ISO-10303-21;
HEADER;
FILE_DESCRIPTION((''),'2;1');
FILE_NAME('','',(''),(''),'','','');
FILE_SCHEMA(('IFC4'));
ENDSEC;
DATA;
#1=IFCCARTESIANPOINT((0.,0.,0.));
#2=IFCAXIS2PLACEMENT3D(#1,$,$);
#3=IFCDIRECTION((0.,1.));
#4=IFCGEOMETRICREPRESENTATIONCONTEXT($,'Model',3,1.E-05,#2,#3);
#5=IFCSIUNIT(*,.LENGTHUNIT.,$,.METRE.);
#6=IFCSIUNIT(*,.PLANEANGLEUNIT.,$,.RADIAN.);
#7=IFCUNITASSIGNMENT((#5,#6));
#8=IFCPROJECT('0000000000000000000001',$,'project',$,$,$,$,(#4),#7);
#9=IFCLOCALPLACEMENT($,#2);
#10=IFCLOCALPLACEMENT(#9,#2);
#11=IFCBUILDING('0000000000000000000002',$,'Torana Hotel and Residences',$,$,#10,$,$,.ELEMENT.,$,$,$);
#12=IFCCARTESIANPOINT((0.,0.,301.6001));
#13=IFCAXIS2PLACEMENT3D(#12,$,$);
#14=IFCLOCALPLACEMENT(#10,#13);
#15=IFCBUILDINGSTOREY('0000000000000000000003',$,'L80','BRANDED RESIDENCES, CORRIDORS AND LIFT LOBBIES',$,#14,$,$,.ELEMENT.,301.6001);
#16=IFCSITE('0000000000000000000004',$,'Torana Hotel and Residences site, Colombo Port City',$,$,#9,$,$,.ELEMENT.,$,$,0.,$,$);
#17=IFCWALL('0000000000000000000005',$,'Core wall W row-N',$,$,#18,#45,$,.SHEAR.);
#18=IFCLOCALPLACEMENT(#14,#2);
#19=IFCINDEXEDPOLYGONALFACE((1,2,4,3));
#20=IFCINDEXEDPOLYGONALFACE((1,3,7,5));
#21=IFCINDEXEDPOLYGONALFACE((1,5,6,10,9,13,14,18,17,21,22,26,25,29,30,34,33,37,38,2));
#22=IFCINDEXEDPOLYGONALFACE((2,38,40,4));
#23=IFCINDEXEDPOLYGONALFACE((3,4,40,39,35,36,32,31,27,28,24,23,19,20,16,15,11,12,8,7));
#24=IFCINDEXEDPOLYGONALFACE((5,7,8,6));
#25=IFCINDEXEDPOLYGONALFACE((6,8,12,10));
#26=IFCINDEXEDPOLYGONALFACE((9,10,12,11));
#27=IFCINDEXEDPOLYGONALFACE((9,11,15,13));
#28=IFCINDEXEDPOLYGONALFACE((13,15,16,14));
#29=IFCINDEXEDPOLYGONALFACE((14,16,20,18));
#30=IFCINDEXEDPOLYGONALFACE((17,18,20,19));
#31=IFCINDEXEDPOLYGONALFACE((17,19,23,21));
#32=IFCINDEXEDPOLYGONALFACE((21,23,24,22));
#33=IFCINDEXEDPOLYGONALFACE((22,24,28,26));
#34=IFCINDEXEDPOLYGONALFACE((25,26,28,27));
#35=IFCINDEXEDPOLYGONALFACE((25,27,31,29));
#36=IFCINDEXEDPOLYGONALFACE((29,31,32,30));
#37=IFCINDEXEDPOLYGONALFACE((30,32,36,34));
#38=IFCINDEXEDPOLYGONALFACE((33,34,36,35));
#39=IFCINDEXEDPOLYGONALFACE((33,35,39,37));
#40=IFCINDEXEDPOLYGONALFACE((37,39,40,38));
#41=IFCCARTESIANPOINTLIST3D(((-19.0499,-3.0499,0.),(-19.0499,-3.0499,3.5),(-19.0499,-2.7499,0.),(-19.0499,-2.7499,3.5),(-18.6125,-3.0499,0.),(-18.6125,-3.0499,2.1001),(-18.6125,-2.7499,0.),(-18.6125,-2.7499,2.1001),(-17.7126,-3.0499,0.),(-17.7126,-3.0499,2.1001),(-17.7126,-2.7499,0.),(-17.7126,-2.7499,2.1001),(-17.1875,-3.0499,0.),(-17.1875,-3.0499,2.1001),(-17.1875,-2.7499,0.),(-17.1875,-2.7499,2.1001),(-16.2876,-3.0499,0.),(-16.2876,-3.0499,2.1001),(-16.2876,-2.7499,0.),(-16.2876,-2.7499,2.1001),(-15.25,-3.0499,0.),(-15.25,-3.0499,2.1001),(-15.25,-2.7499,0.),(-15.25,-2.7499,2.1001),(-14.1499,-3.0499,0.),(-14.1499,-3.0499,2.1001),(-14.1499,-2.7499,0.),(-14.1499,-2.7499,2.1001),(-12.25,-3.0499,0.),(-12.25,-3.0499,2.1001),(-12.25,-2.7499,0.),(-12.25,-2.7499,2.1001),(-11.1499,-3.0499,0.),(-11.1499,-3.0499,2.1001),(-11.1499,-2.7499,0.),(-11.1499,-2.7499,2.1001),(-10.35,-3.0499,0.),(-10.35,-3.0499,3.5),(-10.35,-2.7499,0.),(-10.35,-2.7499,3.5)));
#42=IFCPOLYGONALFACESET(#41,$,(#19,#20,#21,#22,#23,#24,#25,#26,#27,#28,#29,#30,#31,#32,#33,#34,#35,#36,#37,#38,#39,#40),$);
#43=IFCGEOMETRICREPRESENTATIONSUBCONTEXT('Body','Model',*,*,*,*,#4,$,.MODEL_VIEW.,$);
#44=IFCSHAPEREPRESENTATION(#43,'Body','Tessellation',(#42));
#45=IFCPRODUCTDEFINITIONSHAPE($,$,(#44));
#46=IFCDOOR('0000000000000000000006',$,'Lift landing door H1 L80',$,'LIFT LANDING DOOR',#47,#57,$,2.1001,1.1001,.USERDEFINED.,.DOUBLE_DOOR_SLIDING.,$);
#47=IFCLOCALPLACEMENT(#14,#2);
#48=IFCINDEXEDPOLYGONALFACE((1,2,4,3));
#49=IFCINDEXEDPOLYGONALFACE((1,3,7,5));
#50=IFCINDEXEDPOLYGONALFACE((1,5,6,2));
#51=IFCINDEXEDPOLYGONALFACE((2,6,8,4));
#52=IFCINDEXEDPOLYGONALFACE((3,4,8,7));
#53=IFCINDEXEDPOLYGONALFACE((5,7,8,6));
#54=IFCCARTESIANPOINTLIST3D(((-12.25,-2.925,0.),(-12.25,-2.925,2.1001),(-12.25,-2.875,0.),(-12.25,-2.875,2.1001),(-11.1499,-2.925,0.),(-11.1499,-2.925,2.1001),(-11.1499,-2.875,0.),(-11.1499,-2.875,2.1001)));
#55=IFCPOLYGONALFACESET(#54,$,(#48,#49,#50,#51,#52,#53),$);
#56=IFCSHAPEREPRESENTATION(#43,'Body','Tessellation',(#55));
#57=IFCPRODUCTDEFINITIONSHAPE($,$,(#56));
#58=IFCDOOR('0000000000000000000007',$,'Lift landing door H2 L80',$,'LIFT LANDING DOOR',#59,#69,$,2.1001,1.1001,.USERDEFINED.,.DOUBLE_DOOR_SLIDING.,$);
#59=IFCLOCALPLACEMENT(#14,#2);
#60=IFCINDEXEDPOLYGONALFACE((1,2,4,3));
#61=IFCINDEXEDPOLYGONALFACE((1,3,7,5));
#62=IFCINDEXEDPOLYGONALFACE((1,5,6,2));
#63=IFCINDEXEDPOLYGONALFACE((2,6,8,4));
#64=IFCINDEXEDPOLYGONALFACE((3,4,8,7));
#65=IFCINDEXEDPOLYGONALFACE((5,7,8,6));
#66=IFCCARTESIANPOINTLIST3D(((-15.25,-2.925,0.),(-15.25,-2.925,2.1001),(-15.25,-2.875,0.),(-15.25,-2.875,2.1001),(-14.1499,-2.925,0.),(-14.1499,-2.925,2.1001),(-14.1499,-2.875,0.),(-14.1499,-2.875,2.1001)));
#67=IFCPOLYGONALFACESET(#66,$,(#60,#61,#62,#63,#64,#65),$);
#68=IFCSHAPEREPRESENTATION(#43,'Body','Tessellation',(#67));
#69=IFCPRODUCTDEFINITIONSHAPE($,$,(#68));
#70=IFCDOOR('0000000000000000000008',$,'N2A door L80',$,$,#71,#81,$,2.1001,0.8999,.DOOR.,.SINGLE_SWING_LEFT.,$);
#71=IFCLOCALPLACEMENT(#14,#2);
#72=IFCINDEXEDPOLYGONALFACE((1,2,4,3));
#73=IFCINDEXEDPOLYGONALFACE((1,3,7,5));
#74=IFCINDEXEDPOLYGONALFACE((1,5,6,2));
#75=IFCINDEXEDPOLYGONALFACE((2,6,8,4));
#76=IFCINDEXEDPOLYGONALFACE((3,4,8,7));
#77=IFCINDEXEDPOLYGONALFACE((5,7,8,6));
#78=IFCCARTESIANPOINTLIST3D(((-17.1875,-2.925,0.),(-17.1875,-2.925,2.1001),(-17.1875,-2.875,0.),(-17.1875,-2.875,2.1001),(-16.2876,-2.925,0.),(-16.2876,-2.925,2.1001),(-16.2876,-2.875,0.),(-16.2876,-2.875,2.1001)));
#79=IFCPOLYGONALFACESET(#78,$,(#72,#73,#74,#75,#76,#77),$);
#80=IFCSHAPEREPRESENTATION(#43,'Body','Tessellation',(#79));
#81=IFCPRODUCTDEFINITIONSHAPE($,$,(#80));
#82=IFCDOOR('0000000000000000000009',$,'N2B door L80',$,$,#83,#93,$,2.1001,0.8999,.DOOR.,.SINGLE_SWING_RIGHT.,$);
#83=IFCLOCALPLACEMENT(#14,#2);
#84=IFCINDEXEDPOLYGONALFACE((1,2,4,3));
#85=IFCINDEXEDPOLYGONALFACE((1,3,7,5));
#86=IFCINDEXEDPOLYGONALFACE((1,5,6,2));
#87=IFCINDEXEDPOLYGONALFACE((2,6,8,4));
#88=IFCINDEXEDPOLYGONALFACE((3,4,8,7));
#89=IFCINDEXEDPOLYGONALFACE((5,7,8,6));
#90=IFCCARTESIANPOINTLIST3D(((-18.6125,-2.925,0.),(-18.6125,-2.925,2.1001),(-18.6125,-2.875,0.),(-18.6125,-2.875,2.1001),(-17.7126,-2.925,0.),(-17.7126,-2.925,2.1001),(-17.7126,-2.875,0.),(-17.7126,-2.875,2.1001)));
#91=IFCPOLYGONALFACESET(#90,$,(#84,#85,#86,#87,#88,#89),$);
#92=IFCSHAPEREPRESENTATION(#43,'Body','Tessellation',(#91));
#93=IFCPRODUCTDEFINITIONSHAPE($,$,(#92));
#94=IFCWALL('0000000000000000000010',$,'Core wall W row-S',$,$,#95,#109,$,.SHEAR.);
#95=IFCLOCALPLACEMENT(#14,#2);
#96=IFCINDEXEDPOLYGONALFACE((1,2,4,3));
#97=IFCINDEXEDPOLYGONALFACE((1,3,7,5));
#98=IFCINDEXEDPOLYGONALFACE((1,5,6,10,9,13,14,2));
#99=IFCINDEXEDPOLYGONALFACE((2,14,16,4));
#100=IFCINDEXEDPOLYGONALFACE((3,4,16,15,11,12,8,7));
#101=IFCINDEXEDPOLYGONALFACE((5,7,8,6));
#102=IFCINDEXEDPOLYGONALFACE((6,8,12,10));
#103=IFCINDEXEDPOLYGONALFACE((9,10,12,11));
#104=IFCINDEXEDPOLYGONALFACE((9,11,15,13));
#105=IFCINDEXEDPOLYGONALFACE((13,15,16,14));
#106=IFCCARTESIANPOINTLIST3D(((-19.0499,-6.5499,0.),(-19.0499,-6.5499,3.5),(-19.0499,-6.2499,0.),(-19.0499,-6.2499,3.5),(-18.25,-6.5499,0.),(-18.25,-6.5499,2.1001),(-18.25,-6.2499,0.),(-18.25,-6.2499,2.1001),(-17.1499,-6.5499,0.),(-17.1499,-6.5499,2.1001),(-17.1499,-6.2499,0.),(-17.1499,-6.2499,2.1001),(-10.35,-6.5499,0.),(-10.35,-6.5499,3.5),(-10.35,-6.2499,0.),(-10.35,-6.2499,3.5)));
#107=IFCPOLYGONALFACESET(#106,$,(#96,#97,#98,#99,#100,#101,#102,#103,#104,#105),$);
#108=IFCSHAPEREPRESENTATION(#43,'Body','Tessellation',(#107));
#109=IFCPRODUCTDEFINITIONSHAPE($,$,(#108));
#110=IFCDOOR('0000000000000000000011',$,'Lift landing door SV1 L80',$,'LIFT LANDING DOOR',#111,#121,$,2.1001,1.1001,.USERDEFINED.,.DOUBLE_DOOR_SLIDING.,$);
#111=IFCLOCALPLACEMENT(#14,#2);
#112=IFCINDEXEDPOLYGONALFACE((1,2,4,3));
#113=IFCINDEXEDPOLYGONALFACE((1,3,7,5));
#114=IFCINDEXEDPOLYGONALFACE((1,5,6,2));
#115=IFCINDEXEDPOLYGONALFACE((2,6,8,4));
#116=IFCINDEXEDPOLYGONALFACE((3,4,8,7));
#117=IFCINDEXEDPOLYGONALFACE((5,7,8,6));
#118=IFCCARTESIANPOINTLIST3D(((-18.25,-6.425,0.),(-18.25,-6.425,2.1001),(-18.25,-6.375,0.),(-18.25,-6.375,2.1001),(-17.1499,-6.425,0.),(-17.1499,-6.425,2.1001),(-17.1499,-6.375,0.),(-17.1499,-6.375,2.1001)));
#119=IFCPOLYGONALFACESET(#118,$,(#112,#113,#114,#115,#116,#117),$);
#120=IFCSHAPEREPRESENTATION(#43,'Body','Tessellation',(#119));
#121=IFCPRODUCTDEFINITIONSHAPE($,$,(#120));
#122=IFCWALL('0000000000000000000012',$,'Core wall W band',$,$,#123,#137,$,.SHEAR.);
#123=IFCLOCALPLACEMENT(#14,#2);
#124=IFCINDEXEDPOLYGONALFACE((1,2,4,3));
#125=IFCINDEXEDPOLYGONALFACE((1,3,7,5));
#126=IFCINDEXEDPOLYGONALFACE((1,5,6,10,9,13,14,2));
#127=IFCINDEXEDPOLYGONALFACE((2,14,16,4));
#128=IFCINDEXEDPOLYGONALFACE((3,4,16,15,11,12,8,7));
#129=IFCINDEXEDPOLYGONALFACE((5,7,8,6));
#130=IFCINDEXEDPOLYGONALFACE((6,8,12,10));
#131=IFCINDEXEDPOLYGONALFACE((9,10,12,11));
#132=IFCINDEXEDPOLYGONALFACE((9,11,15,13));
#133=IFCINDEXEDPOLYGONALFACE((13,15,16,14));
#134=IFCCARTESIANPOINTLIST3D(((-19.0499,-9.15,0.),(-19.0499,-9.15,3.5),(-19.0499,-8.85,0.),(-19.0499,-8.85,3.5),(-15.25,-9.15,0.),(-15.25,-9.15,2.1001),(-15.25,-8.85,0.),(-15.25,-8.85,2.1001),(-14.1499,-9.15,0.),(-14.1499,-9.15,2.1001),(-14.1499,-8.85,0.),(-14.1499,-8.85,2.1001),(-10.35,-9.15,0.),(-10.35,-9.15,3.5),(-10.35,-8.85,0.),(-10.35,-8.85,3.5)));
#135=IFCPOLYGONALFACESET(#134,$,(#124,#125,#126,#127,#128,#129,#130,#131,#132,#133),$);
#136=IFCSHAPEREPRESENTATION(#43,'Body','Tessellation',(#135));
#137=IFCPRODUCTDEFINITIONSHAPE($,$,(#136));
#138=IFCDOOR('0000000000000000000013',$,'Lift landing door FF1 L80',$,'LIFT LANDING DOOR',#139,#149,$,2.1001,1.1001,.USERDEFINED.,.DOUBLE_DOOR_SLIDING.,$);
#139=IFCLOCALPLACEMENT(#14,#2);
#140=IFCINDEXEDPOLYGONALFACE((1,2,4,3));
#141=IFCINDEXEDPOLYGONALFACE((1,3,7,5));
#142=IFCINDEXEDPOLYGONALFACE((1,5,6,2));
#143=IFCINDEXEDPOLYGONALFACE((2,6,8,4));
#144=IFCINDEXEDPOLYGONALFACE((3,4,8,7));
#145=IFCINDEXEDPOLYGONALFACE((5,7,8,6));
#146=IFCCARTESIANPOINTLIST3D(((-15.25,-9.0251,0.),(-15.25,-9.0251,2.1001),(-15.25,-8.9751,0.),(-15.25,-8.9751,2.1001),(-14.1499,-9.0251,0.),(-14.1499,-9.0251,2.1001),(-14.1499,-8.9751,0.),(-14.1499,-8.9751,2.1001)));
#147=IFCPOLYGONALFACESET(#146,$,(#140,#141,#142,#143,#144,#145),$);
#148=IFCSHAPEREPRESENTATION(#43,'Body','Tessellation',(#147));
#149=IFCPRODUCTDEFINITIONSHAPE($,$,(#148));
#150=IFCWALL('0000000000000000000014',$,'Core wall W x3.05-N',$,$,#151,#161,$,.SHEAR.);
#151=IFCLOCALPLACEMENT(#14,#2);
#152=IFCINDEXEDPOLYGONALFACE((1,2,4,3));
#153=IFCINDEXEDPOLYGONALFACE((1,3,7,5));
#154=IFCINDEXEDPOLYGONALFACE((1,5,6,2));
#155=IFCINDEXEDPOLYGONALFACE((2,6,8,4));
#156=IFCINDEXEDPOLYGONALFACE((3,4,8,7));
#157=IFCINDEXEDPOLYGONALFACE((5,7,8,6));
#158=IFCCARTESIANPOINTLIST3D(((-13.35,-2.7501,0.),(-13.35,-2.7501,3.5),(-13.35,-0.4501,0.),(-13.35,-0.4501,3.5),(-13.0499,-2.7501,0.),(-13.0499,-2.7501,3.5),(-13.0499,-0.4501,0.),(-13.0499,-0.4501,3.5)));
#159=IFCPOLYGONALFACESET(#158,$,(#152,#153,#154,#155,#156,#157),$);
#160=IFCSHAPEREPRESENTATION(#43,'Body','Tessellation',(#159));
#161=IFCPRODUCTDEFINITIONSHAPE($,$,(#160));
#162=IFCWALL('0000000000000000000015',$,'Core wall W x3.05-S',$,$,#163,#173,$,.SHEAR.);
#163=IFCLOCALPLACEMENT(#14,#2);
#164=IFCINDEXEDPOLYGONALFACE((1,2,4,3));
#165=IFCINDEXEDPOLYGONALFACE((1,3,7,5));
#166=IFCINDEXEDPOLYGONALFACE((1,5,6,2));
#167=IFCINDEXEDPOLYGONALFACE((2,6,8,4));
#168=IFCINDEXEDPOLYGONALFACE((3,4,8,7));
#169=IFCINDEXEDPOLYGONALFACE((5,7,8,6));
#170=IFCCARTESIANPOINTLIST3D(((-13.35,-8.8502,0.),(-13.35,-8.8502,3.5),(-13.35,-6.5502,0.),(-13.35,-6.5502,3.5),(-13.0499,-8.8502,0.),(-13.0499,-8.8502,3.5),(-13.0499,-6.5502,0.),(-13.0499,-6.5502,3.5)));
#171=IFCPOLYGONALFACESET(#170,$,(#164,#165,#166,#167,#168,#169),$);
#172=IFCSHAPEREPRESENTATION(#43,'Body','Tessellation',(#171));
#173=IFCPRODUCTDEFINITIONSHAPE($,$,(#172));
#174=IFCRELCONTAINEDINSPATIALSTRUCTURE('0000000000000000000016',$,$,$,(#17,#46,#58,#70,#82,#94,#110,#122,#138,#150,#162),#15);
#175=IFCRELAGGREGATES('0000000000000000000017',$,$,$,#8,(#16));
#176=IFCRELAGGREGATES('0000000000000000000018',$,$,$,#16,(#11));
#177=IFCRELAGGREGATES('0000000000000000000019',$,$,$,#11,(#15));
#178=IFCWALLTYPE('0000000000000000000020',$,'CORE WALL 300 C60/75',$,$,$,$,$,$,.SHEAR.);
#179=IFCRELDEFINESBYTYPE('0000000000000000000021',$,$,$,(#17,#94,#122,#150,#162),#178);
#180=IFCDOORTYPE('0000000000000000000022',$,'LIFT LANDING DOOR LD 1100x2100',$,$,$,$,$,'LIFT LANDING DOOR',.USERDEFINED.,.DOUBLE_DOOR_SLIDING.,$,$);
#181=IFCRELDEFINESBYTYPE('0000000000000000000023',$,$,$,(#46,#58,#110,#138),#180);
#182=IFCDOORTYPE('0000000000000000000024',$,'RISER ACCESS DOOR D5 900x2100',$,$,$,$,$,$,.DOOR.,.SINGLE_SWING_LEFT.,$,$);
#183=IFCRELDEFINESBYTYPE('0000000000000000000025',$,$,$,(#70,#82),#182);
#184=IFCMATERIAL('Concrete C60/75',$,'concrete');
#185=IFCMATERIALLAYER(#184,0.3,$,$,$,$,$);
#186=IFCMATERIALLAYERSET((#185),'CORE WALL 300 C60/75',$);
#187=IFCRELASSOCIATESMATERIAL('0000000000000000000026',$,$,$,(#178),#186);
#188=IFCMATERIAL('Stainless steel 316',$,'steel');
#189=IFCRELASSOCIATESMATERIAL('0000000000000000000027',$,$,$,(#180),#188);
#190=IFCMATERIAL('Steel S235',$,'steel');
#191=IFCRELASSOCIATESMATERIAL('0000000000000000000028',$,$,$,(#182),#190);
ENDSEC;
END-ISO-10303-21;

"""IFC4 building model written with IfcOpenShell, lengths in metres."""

from ifc_helpers import new_model, si_unit, direction, frame, frame_2d, origin, place, context, subcontext, project, spatial, rectangle, extrude, material, layer, layer_set, type_object, element, fill, save


model = new_model("IFC4")

# Units and contexts
model_context = context("Model", 3, precision=1e-05, world=origin(), true_north=direction((0.0, 1.0)))
body_context = subcontext(model_context, "Body", "Model", "MODEL_VIEW")
ifc_project = project(units=[si_unit("LENGTHUNIT", "METRE"), si_unit("PLANEANGLEUNIT", "RADIAN")], contexts=[model_context])

# Site, building, storey
site_placement = place(None, origin())
site = spatial("IfcSite", under=ifc_project, at=site_placement, Name="Torana Hotel and Residences site, Colombo Port City", CompositionType="ELEMENT", RefElevation=0.0)
building_placement = place(site_placement, origin())
building = spatial("IfcBuilding", under=site, at=building_placement, Name="Torana Hotel and Residences", CompositionType="ELEMENT")
storey_placement = place(building_placement, frame((0.0, 0.0, 301.6001)))
storey = spatial("IfcBuildingStorey", under=building, at=storey_placement, Name="L80", Description="BRANDED RESIDENCES, CORRIDORS AND LIFT LOBBIES", CompositionType="ELEMENT", Elevation=301.6001)

# Wall, openings, doors
ifc_material_1 = material(Name="Concrete C60/75", Category="concrete")
ifc_layer_1 = layer(ifc_material_1, 0.3)
ifc_layer_set_1 = layer_set([ifc_layer_1], Name="CORE WALL 300 C60/75")
wall_type_1 = type_object("IfcWallType", Name="CORE WALL 300 C60/75", PredefinedType="SHEAR", material=ifc_layer_set_1)
wall_1_placement = place(storey_placement, frame((-19.05, -2.8999, 0.0), z_axis=(0.0, 0.0, 1.0), x_axis=(1.0, 0.0, 0.0)))
wall_1 = element("IfcWall", 1, at=wall_1_placement, inside=storey, type_object=wall_type_1, Name="Core wall W row-N", PredefinedType="SHEAR", context=body_context, shape_type="SweptSolid", body=[
    extrude(rectangle(XDim=8.7, YDim=0.3, at=frame_2d((4.3501, 0.0))), origin(), (0.0, 0.0, 1.0), 3.5),
])
opening_1_placement = place(wall_1_placement, frame((6.8, 0.0, 0.0)))
opening_1 = element("IfcOpeningElement", 2, at=opening_1_placement, cuts=wall_1, PredefinedType="OPENING", context=body_context, shape_type="SweptSolid", body=[
    extrude(rectangle(XDim=1.1001, YDim=2.1001, at=frame_2d((0.55, 1.05))), frame((0.0, 0.1599, 0.0), z_axis=(0.0, -1.0, 0.0), x_axis=(1.0, 0.0, 0.0)), (0.0, 0.0, 1.0), 0.3201),
])
opening_2_placement = place(wall_1_placement, frame((3.8, 0.0, 0.0)))
opening_2 = element("IfcOpeningElement", 3, at=opening_2_placement, cuts=wall_1, PredefinedType="OPENING", context=body_context, shape_type="SweptSolid", body=[
    extrude(rectangle(XDim=1.1001, YDim=2.1001, at=frame_2d((0.55, 1.05))), frame((0.0, 0.1599, 0.0), z_axis=(0.0, -1.0, 0.0), x_axis=(1.0, 0.0, 0.0)), (0.0, 0.0, 1.0), 0.3201),
])
opening_3_placement = place(wall_1_placement, frame((1.8625, 0.0, 0.0)))
opening_3 = element("IfcOpeningElement", 4, at=opening_3_placement, cuts=wall_1, PredefinedType="OPENING", context=body_context, shape_type="SweptSolid", body=[
    extrude(rectangle(XDim=0.8999, YDim=2.1001, at=frame_2d((0.45, 1.05))), frame((0.0, 0.1599, 0.0), z_axis=(0.0, -1.0, 0.0), x_axis=(1.0, 0.0, 0.0)), (0.0, 0.0, 1.0), 0.3201),
])
opening_4_placement = place(wall_1_placement, frame((0.4375, 0.0, 0.0)))
opening_4 = element("IfcOpeningElement", 5, at=opening_4_placement, cuts=wall_1, PredefinedType="OPENING", context=body_context, shape_type="SweptSolid", body=[
    extrude(rectangle(XDim=0.8999, YDim=2.1001, at=frame_2d((0.45, 1.05))), frame((0.0, 0.1599, 0.0), z_axis=(0.0, -1.0, 0.0), x_axis=(1.0, 0.0, 0.0)), (0.0, 0.0, 1.0), 0.3201),
])
ifc_material_2 = material(Name="Stainless steel 316", Category="steel")
door_type_1 = type_object("IfcDoorType", Name="LIFT LANDING DOOR LD 1100x2100", ElementType="LIFT LANDING DOOR", OperationType="DOUBLE_DOOR_SLIDING", PredefinedType="USERDEFINED", material=ifc_material_2)
door_1_placement = place(opening_1_placement, origin())
door_1 = element("IfcDoor", 6, at=door_1_placement, inside=storey, type_object=door_type_1, Name="Lift landing door H1 L80", ObjectType="LIFT LANDING DOOR", OperationType="DOUBLE_DOOR_SLIDING", OverallHeight=2.1001, OverallWidth=1.1001, PredefinedType="USERDEFINED", context=body_context, shape_type="SweptSolid", body=[
    extrude(rectangle(XDim=1.1001, YDim=2.1001, at=frame_2d((0.55, 1.05))), frame((0.0, 0.0249, 0.0), z_axis=(0.0, -1.0, 0.0), x_axis=(1.0, 0.0, 0.0)), (0.0, 0.0, 1.0), 0.05),
])
fill(opening_1, door_1)
door_2_placement = place(opening_2_placement, origin())
door_2 = element("IfcDoor", 7, at=door_2_placement, inside=storey, type_object=door_type_1, Name="Lift landing door H2 L80", ObjectType="LIFT LANDING DOOR", OperationType="DOUBLE_DOOR_SLIDING", OverallHeight=2.1001, OverallWidth=1.1001, PredefinedType="USERDEFINED", context=body_context, shape_type="SweptSolid", body=[
    extrude(rectangle(XDim=1.1001, YDim=2.1001, at=frame_2d((0.55, 1.05))), frame((0.0, 0.0249, 0.0), z_axis=(0.0, -1.0, 0.0), x_axis=(1.0, 0.0, 0.0)), (0.0, 0.0, 1.0), 0.05),
])
fill(opening_2, door_2)
ifc_material_3 = material(Name="Steel S235", Category="steel")
door_type_2 = type_object("IfcDoorType", Name="RISER ACCESS DOOR D5 900x2100", OperationType="SINGLE_SWING_LEFT", PredefinedType="DOOR", material=ifc_material_3)
door_3_placement = place(opening_3_placement, origin())
door_3 = element("IfcDoor", 8, at=door_3_placement, inside=storey, type_object=door_type_2, Name="N2A door L80", OperationType="SINGLE_SWING_LEFT", OverallHeight=2.1001, OverallWidth=0.8999, PredefinedType="DOOR", context=body_context, shape_type="SweptSolid", body=[
    extrude(rectangle(XDim=0.8999, YDim=2.1001, at=frame_2d((0.45, 1.05))), frame((0.0, 0.0249, 0.0), z_axis=(0.0, -1.0, 0.0), x_axis=(1.0, 0.0, 0.0)), (0.0, 0.0, 1.0), 0.05),
])
fill(opening_3, door_3)
door_4_placement = place(opening_4_placement, origin())
door_4 = element("IfcDoor", 9, at=door_4_placement, inside=storey, type_object=door_type_2, Name="N2B door L80", OperationType="SINGLE_SWING_RIGHT", OverallHeight=2.1001, OverallWidth=0.8999, PredefinedType="DOOR", context=body_context, shape_type="SweptSolid", body=[
    extrude(rectangle(XDim=0.8999, YDim=2.1001, at=frame_2d((0.45, 1.05))), frame((0.0, 0.0249, 0.0), z_axis=(0.0, -1.0, 0.0), x_axis=(1.0, 0.0, 0.0)), (0.0, 0.0, 1.0), 0.05),
])
fill(opening_4, door_4)

# Walls, openings, doors
wall_2_placement = place(storey_placement, frame((-19.05, -6.3999, 0.0), z_axis=(0.0, 0.0, 1.0), x_axis=(1.0, 0.0, 0.0)))
wall_2 = element("IfcWall", 10, at=wall_2_placement, inside=storey, type_object=wall_type_1, Name="Core wall W row-S", PredefinedType="SHEAR", context=body_context, shape_type="SweptSolid", body=[
    extrude(rectangle(XDim=8.7, YDim=0.3, at=frame_2d((4.3501, 0.0))), origin(), (0.0, 0.0, 1.0), 3.5),
])
opening_5_placement = place(wall_2_placement, frame((0.8, 0.0, 0.0)))
opening_5 = element("IfcOpeningElement", 11, at=opening_5_placement, cuts=wall_2, PredefinedType="OPENING", context=body_context, shape_type="SweptSolid", body=[
    extrude(rectangle(XDim=1.1001, YDim=2.1001, at=frame_2d((0.55, 1.05))), frame((0.0, 0.1599, 0.0), z_axis=(0.0, -1.0, 0.0), x_axis=(1.0, 0.0, 0.0)), (0.0, 0.0, 1.0), 0.3201),
])
door_5_placement = place(opening_5_placement, origin())
door_5 = element("IfcDoor", 12, at=door_5_placement, inside=storey, type_object=door_type_1, Name="Lift landing door SV1 L80", ObjectType="LIFT LANDING DOOR", OperationType="DOUBLE_DOOR_SLIDING", OverallHeight=2.1001, OverallWidth=1.1001, PredefinedType="USERDEFINED", context=body_context, shape_type="SweptSolid", body=[
    extrude(rectangle(XDim=1.1001, YDim=2.1001, at=frame_2d((0.55, 1.05))), frame((0.0, 0.0249, 0.0), z_axis=(0.0, -1.0, 0.0), x_axis=(1.0, 0.0, 0.0)), (0.0, 0.0, 1.0), 0.05),
])
fill(opening_5, door_5)
wall_3_placement = place(storey_placement, frame((-19.05, -9.0, 0.0), z_axis=(0.0, 0.0, 1.0), x_axis=(1.0, 0.0, 0.0)))
wall_3 = element("IfcWall", 13, at=wall_3_placement, inside=storey, type_object=wall_type_1, Name="Core wall W band", PredefinedType="SHEAR", context=body_context, shape_type="SweptSolid", body=[
    extrude(rectangle(XDim=8.7, YDim=0.3, at=frame_2d((4.3501, 0.0))), origin(), (0.0, 0.0, 1.0), 3.5),
])
opening_6_placement = place(wall_3_placement, frame((3.8, 0.0, 0.0)))
opening_6 = element("IfcOpeningElement", 14, at=opening_6_placement, cuts=wall_3, PredefinedType="OPENING", context=body_context, shape_type="SweptSolid", body=[
    extrude(rectangle(XDim=1.1001, YDim=2.1001, at=frame_2d((0.55, 1.05))), frame((0.0, 0.1599, 0.0), z_axis=(0.0, -1.0, 0.0), x_axis=(1.0, 0.0, 0.0)), (0.0, 0.0, 1.0), 0.3201),
])
door_6_placement = place(opening_6_placement, origin())
door_6 = element("IfcDoor", 15, at=door_6_placement, inside=storey, type_object=door_type_1, Name="Lift landing door FF1 L80", ObjectType="LIFT LANDING DOOR", OperationType="DOUBLE_DOOR_SLIDING", OverallHeight=2.1001, OverallWidth=1.1001, PredefinedType="USERDEFINED", context=body_context, shape_type="SweptSolid", body=[
    extrude(rectangle(XDim=1.1001, YDim=2.1001, at=frame_2d((0.55, 1.05))), frame((0.0, 0.0249, 0.0), z_axis=(0.0, -1.0, 0.0), x_axis=(1.0, 0.0, 0.0)), (0.0, 0.0, 1.0), 0.05),
])
fill(opening_6, door_6)

# Walls
for number, where, z_axis, x_axis, name in (
    (16, (-13.2, -2.75, 0.0), (0.0, 0.0, 1.0), (0.0, 1.0, 0.0), "Core wall W x3.05-N"),
    (17, (-13.2, -8.8501, 0.0), (0.0, 0.0, 1.0), (0.0, 1.0, 0.0), "Core wall W x3.05-S"),
):
    element("IfcWall", number, at=place(storey_placement, frame(where, z_axis=z_axis, x_axis=x_axis)), inside=storey, type_object=wall_type_1, Name=name, PredefinedType="SHEAR", context=body_context, shape_type="SweptSolid", body=[
        extrude(rectangle(XDim=2.3, YDim=0.3, at=frame_2d((1.1499, 0.0))), origin(), (0.0, 0.0, 1.0), 3.5),
    ])

save(model, "model.ifc")
